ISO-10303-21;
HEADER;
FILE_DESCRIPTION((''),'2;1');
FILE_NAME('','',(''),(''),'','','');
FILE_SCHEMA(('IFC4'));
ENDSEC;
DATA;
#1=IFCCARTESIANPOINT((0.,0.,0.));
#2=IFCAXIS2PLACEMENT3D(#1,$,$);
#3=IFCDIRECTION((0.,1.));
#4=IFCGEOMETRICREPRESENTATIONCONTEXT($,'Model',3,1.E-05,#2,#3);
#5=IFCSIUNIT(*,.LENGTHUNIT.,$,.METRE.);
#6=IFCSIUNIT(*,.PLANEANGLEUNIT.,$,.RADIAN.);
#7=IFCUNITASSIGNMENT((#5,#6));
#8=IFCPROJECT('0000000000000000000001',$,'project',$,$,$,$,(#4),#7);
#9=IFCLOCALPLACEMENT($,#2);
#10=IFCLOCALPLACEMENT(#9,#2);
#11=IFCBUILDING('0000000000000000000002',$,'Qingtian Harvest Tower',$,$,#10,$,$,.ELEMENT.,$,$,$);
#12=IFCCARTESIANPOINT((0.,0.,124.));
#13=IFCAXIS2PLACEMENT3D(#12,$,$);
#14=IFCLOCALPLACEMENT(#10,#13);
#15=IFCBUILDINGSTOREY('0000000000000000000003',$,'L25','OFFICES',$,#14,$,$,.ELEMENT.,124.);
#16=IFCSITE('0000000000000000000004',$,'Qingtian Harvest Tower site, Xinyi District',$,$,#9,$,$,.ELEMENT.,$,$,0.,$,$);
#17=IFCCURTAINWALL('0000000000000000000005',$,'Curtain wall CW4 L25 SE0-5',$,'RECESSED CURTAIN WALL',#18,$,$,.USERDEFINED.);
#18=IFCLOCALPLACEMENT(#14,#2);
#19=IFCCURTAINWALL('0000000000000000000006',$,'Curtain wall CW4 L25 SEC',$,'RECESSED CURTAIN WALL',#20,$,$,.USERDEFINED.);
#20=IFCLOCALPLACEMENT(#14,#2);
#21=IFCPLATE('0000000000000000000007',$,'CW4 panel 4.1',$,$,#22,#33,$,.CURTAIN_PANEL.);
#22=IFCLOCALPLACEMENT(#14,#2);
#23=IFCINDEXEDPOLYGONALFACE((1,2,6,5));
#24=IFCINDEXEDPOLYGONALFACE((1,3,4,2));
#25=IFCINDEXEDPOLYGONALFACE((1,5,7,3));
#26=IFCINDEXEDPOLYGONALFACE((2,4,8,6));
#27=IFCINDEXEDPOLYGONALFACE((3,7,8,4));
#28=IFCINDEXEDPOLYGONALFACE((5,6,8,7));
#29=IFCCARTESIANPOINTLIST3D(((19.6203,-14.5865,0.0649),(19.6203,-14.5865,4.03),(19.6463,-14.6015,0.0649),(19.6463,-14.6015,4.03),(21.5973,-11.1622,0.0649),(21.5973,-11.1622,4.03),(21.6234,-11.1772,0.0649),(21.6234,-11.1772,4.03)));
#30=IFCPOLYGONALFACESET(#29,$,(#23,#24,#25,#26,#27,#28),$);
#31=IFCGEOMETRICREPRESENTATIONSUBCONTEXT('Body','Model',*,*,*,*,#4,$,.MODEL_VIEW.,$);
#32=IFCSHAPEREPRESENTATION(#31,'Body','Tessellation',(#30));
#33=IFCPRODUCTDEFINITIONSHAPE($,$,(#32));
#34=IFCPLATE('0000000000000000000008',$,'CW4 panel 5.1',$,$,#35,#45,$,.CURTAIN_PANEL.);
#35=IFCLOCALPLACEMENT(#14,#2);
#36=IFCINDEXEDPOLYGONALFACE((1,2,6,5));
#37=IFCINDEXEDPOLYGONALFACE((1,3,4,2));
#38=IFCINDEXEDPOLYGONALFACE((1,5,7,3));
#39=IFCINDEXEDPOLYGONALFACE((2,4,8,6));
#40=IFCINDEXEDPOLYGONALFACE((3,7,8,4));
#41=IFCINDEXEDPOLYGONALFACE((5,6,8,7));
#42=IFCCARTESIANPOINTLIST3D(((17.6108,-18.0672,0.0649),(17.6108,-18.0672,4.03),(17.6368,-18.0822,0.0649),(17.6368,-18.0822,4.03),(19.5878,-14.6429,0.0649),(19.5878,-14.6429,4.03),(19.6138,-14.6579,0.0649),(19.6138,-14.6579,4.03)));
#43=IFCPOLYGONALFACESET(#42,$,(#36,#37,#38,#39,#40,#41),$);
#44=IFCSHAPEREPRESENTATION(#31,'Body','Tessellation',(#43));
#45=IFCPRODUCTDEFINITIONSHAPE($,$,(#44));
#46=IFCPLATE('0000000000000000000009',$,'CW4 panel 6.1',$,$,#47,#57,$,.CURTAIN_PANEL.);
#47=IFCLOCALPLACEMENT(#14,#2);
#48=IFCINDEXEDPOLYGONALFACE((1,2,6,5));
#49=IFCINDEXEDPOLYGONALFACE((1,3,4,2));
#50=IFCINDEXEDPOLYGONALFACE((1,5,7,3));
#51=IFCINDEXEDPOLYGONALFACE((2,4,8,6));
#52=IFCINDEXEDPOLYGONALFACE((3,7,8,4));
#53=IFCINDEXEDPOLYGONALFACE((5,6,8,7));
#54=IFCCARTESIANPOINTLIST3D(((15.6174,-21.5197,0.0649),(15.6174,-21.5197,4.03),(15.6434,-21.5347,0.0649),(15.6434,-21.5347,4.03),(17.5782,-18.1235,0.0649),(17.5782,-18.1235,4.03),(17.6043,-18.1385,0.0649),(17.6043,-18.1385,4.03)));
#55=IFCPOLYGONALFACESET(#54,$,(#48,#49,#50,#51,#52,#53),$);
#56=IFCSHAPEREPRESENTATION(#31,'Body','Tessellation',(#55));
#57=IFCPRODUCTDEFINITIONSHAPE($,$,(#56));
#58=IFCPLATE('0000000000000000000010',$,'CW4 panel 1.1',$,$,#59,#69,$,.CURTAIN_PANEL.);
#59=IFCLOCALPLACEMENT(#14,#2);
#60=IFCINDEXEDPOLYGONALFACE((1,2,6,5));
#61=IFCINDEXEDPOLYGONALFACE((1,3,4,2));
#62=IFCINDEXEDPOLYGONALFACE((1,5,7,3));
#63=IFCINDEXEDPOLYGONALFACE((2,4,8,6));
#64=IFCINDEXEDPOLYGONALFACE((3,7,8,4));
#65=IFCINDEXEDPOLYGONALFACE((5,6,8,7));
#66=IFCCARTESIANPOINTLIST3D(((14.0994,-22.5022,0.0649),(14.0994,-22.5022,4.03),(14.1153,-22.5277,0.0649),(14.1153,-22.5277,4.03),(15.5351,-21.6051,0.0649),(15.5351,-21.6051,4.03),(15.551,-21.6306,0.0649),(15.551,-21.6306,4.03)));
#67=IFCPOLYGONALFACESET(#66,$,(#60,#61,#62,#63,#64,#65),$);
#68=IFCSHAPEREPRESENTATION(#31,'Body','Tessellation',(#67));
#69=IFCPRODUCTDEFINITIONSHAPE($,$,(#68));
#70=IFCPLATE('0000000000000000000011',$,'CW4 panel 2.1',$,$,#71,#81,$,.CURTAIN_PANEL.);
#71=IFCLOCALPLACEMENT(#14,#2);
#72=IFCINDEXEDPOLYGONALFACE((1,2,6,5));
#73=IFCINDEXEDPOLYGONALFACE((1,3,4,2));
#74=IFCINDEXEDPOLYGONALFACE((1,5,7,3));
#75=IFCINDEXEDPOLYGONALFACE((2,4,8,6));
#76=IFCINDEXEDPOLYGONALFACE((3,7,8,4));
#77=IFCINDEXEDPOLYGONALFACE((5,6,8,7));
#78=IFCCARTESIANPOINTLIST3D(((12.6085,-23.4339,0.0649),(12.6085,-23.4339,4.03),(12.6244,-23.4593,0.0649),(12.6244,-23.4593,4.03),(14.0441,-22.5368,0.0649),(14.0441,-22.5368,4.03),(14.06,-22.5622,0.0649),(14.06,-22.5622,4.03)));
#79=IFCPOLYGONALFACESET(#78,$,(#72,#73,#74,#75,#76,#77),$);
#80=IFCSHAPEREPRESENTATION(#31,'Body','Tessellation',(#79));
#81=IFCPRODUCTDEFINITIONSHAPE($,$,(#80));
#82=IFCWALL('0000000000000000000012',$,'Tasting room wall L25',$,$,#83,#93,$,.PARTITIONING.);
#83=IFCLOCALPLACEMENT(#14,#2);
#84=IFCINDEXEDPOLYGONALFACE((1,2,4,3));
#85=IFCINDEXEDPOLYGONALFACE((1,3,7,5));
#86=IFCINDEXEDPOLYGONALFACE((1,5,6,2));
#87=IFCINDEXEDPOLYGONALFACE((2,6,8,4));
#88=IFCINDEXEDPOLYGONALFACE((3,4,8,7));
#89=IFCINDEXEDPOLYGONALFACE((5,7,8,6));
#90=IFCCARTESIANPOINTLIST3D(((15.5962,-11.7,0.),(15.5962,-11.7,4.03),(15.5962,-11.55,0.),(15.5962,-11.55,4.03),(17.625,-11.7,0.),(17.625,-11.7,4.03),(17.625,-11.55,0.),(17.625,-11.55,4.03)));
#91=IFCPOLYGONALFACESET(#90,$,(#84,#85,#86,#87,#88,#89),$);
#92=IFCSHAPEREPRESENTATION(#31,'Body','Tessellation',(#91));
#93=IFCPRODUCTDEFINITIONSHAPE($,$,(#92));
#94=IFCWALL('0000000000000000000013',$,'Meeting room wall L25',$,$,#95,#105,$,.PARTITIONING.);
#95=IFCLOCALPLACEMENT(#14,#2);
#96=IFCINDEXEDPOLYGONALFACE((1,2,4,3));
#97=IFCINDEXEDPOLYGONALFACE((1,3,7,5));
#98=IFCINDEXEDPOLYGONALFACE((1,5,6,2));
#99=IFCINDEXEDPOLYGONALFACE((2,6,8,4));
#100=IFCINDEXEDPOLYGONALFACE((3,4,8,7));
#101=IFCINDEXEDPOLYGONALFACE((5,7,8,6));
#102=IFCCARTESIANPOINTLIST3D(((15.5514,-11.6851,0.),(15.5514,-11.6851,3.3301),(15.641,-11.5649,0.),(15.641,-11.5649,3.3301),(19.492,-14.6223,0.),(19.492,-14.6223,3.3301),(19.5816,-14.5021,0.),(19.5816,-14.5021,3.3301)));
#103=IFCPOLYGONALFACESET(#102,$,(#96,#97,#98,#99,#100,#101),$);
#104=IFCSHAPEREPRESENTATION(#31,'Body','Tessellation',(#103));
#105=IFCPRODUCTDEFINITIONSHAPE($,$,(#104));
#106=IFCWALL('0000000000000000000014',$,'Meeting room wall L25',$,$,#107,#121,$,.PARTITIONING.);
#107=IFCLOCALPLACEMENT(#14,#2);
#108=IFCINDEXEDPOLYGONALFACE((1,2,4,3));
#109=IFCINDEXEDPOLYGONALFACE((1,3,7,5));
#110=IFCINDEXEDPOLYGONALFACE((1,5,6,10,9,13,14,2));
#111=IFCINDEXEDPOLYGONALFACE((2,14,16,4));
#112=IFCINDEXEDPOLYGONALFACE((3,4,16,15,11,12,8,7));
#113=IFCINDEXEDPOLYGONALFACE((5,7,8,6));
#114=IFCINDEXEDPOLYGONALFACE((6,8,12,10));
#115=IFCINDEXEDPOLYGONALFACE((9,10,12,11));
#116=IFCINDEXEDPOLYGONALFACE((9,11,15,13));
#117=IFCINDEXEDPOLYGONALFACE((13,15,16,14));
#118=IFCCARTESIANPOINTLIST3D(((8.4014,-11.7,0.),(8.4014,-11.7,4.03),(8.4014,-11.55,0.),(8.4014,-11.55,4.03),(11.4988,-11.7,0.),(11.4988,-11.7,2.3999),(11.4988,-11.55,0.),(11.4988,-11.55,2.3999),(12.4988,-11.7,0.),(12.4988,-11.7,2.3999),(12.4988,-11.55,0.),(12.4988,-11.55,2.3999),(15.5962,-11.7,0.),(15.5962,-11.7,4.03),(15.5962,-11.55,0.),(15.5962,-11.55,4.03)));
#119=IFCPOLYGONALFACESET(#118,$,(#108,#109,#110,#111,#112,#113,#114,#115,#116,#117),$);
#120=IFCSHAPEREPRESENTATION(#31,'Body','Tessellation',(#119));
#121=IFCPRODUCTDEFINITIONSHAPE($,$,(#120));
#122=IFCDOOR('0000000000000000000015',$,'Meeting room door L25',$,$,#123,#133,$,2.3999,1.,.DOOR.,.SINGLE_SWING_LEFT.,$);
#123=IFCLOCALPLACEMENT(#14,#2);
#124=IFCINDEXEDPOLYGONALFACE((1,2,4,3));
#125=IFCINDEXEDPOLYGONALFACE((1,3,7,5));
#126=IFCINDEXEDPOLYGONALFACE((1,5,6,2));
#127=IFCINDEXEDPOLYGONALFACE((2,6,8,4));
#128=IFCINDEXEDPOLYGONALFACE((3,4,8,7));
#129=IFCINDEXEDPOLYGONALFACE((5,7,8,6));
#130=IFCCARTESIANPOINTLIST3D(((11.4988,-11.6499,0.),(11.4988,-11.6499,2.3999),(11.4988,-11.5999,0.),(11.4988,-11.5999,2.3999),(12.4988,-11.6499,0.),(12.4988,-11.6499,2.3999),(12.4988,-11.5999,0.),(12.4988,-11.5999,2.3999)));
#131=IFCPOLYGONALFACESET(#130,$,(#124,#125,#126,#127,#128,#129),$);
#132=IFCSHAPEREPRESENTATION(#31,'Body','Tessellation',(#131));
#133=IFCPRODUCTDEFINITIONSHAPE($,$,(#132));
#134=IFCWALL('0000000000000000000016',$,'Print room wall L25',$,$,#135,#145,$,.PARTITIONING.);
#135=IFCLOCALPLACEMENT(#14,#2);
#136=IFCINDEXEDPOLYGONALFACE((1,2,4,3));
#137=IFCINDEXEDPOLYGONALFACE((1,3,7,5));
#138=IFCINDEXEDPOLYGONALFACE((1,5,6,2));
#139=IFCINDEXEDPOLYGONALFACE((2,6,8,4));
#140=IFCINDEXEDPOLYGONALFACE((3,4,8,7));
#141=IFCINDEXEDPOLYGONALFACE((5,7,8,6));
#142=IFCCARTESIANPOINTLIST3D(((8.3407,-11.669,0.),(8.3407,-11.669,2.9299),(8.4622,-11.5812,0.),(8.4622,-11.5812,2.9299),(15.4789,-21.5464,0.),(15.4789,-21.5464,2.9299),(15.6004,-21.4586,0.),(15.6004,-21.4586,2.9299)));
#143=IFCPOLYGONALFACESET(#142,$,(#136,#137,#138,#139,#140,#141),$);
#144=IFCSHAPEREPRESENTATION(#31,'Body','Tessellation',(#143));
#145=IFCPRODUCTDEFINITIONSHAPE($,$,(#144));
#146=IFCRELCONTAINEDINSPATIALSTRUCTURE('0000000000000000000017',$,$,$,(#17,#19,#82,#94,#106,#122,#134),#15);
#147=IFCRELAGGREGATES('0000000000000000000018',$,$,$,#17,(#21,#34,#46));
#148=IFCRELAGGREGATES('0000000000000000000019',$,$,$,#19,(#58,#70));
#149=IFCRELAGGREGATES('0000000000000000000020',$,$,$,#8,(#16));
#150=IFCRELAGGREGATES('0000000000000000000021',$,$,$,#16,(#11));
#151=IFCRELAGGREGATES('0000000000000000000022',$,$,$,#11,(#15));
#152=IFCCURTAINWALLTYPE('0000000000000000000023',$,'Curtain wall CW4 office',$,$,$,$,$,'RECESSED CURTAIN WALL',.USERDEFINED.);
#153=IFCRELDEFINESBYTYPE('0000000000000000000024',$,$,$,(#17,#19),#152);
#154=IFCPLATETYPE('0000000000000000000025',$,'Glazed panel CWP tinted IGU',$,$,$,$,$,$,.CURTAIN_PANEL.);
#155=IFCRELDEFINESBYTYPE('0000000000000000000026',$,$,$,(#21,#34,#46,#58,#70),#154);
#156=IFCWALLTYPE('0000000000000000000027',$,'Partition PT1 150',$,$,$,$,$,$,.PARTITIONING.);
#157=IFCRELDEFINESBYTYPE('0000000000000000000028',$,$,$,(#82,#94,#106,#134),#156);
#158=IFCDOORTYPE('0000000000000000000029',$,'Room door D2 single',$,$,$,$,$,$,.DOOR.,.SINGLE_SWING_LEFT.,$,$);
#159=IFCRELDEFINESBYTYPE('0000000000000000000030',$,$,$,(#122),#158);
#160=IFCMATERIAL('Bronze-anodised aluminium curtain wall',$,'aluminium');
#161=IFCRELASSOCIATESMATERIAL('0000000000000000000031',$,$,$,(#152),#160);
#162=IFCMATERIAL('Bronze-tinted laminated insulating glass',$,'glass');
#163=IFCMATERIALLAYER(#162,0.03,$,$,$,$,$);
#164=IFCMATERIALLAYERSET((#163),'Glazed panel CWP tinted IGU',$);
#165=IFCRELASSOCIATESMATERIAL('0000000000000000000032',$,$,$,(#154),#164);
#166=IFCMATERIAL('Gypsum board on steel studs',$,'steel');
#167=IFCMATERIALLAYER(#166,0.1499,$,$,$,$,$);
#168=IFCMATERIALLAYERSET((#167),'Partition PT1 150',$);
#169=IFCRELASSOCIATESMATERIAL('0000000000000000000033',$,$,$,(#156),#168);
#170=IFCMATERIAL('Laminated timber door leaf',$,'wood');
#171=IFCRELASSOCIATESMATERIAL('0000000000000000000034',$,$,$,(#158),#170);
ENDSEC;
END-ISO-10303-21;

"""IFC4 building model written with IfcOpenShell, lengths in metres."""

from ifc_helpers import new_model, si_unit, direction, frame, frame_2d, origin, origin_2d, place, context, subcontext, project, spatial, rectangle, extrude, material, layer, layer_set, type_object, element, fill, aggregate, save


model = new_model("IFC4")

# Units and contexts
model_context = context("Model", 3, precision=1e-05, world=origin(), true_north=direction((0.0, 1.0)))
body_context = subcontext(model_context, "Body", "Model", "MODEL_VIEW")
ifc_project = project(units=[si_unit("LENGTHUNIT", "METRE"), si_unit("PLANEANGLEUNIT", "RADIAN")], contexts=[model_context])

# Site, building, storey
site_placement = place(None, origin())
site = spatial("IfcSite", under=ifc_project, at=site_placement, Name="Qingtian Harvest Tower site, Xinyi District", CompositionType="ELEMENT", RefElevation=0.0)
building_placement = place(site_placement, origin())
building = spatial("IfcBuilding", under=site, at=building_placement, Name="Qingtian Harvest Tower", CompositionType="ELEMENT")
storey_placement = place(building_placement, frame((0.0, 0.0, 124.0)))
storey = spatial("IfcBuildingStorey", under=building, at=storey_placement, Name="L25", Description="OFFICES", CompositionType="ELEMENT", Elevation=124.0)

# Curtain walls
ifc_material_1 = material(Name="Bronze-anodised aluminium curtain wall", Category="aluminium")
curtain_wall_type = type_object("IfcCurtainWallType", Name="Curtain wall CW4 office", ElementType="RECESSED CURTAIN WALL", PredefinedType="USERDEFINED", material=ifc_material_1)
curtain_wall_1_placement = place(storey_placement, origin())
curtain_wall_1 = element("IfcCurtainWall", 1, at=curtain_wall_1_placement, inside=storey, type_object=curtain_wall_type, Name="Curtain wall CW4 L25 SE0-5", ObjectType="RECESSED CURTAIN WALL", PredefinedType="USERDEFINED")
curtain_wall_2_placement = place(storey_placement, origin())
curtain_wall_2 = element("IfcCurtainWall", 2, at=curtain_wall_2_placement, inside=storey, type_object=curtain_wall_type, Name="Curtain wall CW4 L25 SEC", ObjectType="RECESSED CURTAIN WALL", PredefinedType="USERDEFINED")

# Plates
ifc_material_2 = material(Name="Bronze-tinted laminated insulating glass", Category="glass")
ifc_layer_1 = layer(ifc_material_2, 0.03)
ifc_layer_set_1 = layer_set([ifc_layer_1], Name="Glazed panel CWP tinted IGU")
plate_type = type_object("IfcPlateType", Name="Glazed panel CWP tinted IGU", PredefinedType="CURTAIN_PANEL", material=ifc_layer_set_1)
plate_1_placement = place(storey_placement, frame((20.6218, -12.8818, 0.0649), z_axis=(0.0, 0.0, 1.0), x_axis=(-0.5, -0.866025, 0.0)))
plate_1 = element("IfcPlate", 3, at=plate_1_placement, type_object=plate_type, Name="CW4 panel 4.1", PredefinedType="CURTAIN_PANEL", context=body_context, shape_type="SweptSolid", body=[
    extrude(rectangle(XDim=3.9541, YDim=0.03, at=origin_2d()), origin(), (0.0, 0.0, 1.0), 3.9651),
])
plate_2_placement = place(storey_placement, frame((18.6123, -16.3625, 0.0649), z_axis=(0.0, 0.0, 1.0), x_axis=(-0.5, -0.866025, 0.0)))
plate_2 = element("IfcPlate", 4, at=plate_2_placement, type_object=plate_type, Name="CW4 panel 5.1", PredefinedType="CURTAIN_PANEL", context=body_context, shape_type="SweptSolid", body=[
    extrude(rectangle(XDim=3.9541, YDim=0.03, at=origin_2d()), origin(), (0.0, 0.0, 1.0), 3.9651),
])
plate_3_placement = place(storey_placement, frame((16.6108, -19.8291, 0.0649), z_axis=(0.0, 0.0, 1.0), x_axis=(-0.5, -0.866025, 0.0)))
plate_3 = element("IfcPlate", 5, at=plate_3_placement, type_object=plate_type, Name="CW4 panel 6.1", PredefinedType="CURTAIN_PANEL", context=body_context, shape_type="SweptSolid", body=[
    extrude(rectangle(XDim=3.9216, YDim=0.03, at=origin_2d()), origin(), (0.0, 0.0, 1.0), 3.9651),
])
aggregate(curtain_wall_1, [plate_1, plate_2, plate_3])
plate_4_placement = place(storey_placement, frame((14.8252, -22.0664, 0.0649), z_axis=(0.0, 0.0, 1.0), x_axis=(-0.848048, -0.529919, 0.0)))
plate_4 = element("IfcPlate", 6, at=plate_4_placement, type_object=plate_type, Name="CW4 panel 1.1", PredefinedType="CURTAIN_PANEL", context=body_context, shape_type="SweptSolid", body=[
    extrude(rectangle(XDim=1.6929, YDim=0.03, at=origin_2d()), origin(), (0.0, 0.0, 1.0), 3.9651),
])
plate_5_placement = place(storey_placement, frame((13.3342, -22.998, 0.0649), z_axis=(0.0, 0.0, 1.0), x_axis=(-0.848048, -0.529919, 0.0)))
plate_5 = element("IfcPlate", 7, at=plate_5_placement, type_object=plate_type, Name="CW4 panel 2.1", PredefinedType="CURTAIN_PANEL", context=body_context, shape_type="SweptSolid", body=[
    extrude(rectangle(XDim=1.6929, YDim=0.03, at=origin_2d()), origin(), (0.0, 0.0, 1.0), 3.9651),
])
aggregate(curtain_wall_2, [plate_4, plate_5])

# Walls
ifc_material_3 = material(Name="Gypsum board on steel studs", Category="steel")
ifc_layer_2 = layer(ifc_material_3, 0.1499)
ifc_layer_set_2 = layer_set([ifc_layer_2], Name="Partition PT1 150")
wall_type = type_object("IfcWallType", Name="Partition PT1 150", PredefinedType="PARTITIONING", material=ifc_layer_set_2)
wall_1_placement = place(storey_placement, frame((17.625, -11.625, 0.0), z_axis=(0.0, 0.0, 1.0), x_axis=(-1.0, 0.0, 0.0)))
element("IfcWall", 8, at=wall_1_placement, inside=storey, type_object=wall_type, Name="Tasting room wall L25", PredefinedType="PARTITIONING", context=body_context, shape_type="SweptSolid", body=[
    extrude(rectangle(XDim=2.0288, YDim=0.1499, at=frame_2d((1.0144, 0.0))), origin(), (0.0, 0.0, 1.0), 4.03),
])
wall_2_placement = place(storey_placement, frame((19.5369, -14.5623, 0.0), z_axis=(0.0, 0.0, 1.0), x_axis=(-0.801779, 0.597621, 0.0)))
element("IfcWall", 9, at=wall_2_placement, inside=storey, type_object=wall_type, Name="Meeting room wall L25", PredefinedType="PARTITIONING", context=body_context, shape_type="SweptSolid", body=[
    extrude(rectangle(XDim=4.9148, YDim=0.1499, at=frame_2d((2.4575, 0.0))), origin(), (0.0, 0.0, 1.0), 3.3301),
])

# Wall, opening, door
wall_3_placement = place(storey_placement, frame((15.5962, -11.625, 0.0), z_axis=(0.0, 0.0, 1.0), x_axis=(-1.0, 0.0, 0.0)))
wall_3 = element("IfcWall", 10, at=wall_3_placement, inside=storey, type_object=wall_type, Name="Meeting room wall L25", PredefinedType="PARTITIONING", context=body_context, shape_type="SweptSolid", body=[
    extrude(rectangle(XDim=7.1948, YDim=0.1499, at=frame_2d((3.5974, 0.0))), origin(), (0.0, 0.0, 1.0), 4.03),
])
opening_placement = place(wall_3_placement, frame((3.0974, 0.0, 0.0)))
opening = element("IfcOpeningElement", 11, at=opening_placement, cuts=wall_3, PredefinedType="OPENING", context=body_context, shape_type="SweptSolid", body=[
    extrude(rectangle(XDim=1.0, YDim=2.3999, at=frame_2d((0.5, 1.2))), frame((0.0, 0.085, 0.0), z_axis=(0.0, -1.0, 0.0), x_axis=(1.0, 0.0, 0.0)), (0.0, 0.0, 1.0), 0.1699),
])
ifc_material_4 = material(Name="Laminated timber door leaf", Category="wood")
door_type = type_object("IfcDoorType", Name="Room door D2 single", OperationType="SINGLE_SWING_LEFT", PredefinedType="DOOR", material=ifc_material_4)
door_placement = place(opening_placement, origin())
door = element("IfcDoor", 12, at=door_placement, inside=storey, type_object=door_type, Name="Meeting room door L25", OperationType="SINGLE_SWING_LEFT", OverallHeight=2.3999, OverallWidth=1.0, PredefinedType="DOOR", context=body_context, shape_type="SweptSolid", body=[
    extrude(rectangle(XDim=1.0, YDim=2.3999, at=frame_2d((0.5, 1.2))), frame((0.0, 0.0249, 0.0), z_axis=(0.0, -1.0, 0.0), x_axis=(1.0, 0.0, 0.0)), (0.0, 0.0, 1.0), 0.05),
])
fill(opening, door)

# Wall
wall_4_placement = place(storey_placement, frame((15.5396, -21.5024, 0.0), z_axis=(0.0, 0.0, 1.0), x_axis=(-0.585732, 0.810505, 0.0)))
element("IfcWall", 13, at=wall_4_placement, inside=storey, type_object=wall_type, Name="Print room wall L25", PredefinedType="PARTITIONING", context=body_context, shape_type="SweptSolid", body=[
    extrude(rectangle(XDim=12.1868, YDim=0.1499, at=frame_2d((6.0933, 0.0))), origin(), (0.0, 0.0, 1.0), 2.9299),
])

save(model, "model.ifc")
